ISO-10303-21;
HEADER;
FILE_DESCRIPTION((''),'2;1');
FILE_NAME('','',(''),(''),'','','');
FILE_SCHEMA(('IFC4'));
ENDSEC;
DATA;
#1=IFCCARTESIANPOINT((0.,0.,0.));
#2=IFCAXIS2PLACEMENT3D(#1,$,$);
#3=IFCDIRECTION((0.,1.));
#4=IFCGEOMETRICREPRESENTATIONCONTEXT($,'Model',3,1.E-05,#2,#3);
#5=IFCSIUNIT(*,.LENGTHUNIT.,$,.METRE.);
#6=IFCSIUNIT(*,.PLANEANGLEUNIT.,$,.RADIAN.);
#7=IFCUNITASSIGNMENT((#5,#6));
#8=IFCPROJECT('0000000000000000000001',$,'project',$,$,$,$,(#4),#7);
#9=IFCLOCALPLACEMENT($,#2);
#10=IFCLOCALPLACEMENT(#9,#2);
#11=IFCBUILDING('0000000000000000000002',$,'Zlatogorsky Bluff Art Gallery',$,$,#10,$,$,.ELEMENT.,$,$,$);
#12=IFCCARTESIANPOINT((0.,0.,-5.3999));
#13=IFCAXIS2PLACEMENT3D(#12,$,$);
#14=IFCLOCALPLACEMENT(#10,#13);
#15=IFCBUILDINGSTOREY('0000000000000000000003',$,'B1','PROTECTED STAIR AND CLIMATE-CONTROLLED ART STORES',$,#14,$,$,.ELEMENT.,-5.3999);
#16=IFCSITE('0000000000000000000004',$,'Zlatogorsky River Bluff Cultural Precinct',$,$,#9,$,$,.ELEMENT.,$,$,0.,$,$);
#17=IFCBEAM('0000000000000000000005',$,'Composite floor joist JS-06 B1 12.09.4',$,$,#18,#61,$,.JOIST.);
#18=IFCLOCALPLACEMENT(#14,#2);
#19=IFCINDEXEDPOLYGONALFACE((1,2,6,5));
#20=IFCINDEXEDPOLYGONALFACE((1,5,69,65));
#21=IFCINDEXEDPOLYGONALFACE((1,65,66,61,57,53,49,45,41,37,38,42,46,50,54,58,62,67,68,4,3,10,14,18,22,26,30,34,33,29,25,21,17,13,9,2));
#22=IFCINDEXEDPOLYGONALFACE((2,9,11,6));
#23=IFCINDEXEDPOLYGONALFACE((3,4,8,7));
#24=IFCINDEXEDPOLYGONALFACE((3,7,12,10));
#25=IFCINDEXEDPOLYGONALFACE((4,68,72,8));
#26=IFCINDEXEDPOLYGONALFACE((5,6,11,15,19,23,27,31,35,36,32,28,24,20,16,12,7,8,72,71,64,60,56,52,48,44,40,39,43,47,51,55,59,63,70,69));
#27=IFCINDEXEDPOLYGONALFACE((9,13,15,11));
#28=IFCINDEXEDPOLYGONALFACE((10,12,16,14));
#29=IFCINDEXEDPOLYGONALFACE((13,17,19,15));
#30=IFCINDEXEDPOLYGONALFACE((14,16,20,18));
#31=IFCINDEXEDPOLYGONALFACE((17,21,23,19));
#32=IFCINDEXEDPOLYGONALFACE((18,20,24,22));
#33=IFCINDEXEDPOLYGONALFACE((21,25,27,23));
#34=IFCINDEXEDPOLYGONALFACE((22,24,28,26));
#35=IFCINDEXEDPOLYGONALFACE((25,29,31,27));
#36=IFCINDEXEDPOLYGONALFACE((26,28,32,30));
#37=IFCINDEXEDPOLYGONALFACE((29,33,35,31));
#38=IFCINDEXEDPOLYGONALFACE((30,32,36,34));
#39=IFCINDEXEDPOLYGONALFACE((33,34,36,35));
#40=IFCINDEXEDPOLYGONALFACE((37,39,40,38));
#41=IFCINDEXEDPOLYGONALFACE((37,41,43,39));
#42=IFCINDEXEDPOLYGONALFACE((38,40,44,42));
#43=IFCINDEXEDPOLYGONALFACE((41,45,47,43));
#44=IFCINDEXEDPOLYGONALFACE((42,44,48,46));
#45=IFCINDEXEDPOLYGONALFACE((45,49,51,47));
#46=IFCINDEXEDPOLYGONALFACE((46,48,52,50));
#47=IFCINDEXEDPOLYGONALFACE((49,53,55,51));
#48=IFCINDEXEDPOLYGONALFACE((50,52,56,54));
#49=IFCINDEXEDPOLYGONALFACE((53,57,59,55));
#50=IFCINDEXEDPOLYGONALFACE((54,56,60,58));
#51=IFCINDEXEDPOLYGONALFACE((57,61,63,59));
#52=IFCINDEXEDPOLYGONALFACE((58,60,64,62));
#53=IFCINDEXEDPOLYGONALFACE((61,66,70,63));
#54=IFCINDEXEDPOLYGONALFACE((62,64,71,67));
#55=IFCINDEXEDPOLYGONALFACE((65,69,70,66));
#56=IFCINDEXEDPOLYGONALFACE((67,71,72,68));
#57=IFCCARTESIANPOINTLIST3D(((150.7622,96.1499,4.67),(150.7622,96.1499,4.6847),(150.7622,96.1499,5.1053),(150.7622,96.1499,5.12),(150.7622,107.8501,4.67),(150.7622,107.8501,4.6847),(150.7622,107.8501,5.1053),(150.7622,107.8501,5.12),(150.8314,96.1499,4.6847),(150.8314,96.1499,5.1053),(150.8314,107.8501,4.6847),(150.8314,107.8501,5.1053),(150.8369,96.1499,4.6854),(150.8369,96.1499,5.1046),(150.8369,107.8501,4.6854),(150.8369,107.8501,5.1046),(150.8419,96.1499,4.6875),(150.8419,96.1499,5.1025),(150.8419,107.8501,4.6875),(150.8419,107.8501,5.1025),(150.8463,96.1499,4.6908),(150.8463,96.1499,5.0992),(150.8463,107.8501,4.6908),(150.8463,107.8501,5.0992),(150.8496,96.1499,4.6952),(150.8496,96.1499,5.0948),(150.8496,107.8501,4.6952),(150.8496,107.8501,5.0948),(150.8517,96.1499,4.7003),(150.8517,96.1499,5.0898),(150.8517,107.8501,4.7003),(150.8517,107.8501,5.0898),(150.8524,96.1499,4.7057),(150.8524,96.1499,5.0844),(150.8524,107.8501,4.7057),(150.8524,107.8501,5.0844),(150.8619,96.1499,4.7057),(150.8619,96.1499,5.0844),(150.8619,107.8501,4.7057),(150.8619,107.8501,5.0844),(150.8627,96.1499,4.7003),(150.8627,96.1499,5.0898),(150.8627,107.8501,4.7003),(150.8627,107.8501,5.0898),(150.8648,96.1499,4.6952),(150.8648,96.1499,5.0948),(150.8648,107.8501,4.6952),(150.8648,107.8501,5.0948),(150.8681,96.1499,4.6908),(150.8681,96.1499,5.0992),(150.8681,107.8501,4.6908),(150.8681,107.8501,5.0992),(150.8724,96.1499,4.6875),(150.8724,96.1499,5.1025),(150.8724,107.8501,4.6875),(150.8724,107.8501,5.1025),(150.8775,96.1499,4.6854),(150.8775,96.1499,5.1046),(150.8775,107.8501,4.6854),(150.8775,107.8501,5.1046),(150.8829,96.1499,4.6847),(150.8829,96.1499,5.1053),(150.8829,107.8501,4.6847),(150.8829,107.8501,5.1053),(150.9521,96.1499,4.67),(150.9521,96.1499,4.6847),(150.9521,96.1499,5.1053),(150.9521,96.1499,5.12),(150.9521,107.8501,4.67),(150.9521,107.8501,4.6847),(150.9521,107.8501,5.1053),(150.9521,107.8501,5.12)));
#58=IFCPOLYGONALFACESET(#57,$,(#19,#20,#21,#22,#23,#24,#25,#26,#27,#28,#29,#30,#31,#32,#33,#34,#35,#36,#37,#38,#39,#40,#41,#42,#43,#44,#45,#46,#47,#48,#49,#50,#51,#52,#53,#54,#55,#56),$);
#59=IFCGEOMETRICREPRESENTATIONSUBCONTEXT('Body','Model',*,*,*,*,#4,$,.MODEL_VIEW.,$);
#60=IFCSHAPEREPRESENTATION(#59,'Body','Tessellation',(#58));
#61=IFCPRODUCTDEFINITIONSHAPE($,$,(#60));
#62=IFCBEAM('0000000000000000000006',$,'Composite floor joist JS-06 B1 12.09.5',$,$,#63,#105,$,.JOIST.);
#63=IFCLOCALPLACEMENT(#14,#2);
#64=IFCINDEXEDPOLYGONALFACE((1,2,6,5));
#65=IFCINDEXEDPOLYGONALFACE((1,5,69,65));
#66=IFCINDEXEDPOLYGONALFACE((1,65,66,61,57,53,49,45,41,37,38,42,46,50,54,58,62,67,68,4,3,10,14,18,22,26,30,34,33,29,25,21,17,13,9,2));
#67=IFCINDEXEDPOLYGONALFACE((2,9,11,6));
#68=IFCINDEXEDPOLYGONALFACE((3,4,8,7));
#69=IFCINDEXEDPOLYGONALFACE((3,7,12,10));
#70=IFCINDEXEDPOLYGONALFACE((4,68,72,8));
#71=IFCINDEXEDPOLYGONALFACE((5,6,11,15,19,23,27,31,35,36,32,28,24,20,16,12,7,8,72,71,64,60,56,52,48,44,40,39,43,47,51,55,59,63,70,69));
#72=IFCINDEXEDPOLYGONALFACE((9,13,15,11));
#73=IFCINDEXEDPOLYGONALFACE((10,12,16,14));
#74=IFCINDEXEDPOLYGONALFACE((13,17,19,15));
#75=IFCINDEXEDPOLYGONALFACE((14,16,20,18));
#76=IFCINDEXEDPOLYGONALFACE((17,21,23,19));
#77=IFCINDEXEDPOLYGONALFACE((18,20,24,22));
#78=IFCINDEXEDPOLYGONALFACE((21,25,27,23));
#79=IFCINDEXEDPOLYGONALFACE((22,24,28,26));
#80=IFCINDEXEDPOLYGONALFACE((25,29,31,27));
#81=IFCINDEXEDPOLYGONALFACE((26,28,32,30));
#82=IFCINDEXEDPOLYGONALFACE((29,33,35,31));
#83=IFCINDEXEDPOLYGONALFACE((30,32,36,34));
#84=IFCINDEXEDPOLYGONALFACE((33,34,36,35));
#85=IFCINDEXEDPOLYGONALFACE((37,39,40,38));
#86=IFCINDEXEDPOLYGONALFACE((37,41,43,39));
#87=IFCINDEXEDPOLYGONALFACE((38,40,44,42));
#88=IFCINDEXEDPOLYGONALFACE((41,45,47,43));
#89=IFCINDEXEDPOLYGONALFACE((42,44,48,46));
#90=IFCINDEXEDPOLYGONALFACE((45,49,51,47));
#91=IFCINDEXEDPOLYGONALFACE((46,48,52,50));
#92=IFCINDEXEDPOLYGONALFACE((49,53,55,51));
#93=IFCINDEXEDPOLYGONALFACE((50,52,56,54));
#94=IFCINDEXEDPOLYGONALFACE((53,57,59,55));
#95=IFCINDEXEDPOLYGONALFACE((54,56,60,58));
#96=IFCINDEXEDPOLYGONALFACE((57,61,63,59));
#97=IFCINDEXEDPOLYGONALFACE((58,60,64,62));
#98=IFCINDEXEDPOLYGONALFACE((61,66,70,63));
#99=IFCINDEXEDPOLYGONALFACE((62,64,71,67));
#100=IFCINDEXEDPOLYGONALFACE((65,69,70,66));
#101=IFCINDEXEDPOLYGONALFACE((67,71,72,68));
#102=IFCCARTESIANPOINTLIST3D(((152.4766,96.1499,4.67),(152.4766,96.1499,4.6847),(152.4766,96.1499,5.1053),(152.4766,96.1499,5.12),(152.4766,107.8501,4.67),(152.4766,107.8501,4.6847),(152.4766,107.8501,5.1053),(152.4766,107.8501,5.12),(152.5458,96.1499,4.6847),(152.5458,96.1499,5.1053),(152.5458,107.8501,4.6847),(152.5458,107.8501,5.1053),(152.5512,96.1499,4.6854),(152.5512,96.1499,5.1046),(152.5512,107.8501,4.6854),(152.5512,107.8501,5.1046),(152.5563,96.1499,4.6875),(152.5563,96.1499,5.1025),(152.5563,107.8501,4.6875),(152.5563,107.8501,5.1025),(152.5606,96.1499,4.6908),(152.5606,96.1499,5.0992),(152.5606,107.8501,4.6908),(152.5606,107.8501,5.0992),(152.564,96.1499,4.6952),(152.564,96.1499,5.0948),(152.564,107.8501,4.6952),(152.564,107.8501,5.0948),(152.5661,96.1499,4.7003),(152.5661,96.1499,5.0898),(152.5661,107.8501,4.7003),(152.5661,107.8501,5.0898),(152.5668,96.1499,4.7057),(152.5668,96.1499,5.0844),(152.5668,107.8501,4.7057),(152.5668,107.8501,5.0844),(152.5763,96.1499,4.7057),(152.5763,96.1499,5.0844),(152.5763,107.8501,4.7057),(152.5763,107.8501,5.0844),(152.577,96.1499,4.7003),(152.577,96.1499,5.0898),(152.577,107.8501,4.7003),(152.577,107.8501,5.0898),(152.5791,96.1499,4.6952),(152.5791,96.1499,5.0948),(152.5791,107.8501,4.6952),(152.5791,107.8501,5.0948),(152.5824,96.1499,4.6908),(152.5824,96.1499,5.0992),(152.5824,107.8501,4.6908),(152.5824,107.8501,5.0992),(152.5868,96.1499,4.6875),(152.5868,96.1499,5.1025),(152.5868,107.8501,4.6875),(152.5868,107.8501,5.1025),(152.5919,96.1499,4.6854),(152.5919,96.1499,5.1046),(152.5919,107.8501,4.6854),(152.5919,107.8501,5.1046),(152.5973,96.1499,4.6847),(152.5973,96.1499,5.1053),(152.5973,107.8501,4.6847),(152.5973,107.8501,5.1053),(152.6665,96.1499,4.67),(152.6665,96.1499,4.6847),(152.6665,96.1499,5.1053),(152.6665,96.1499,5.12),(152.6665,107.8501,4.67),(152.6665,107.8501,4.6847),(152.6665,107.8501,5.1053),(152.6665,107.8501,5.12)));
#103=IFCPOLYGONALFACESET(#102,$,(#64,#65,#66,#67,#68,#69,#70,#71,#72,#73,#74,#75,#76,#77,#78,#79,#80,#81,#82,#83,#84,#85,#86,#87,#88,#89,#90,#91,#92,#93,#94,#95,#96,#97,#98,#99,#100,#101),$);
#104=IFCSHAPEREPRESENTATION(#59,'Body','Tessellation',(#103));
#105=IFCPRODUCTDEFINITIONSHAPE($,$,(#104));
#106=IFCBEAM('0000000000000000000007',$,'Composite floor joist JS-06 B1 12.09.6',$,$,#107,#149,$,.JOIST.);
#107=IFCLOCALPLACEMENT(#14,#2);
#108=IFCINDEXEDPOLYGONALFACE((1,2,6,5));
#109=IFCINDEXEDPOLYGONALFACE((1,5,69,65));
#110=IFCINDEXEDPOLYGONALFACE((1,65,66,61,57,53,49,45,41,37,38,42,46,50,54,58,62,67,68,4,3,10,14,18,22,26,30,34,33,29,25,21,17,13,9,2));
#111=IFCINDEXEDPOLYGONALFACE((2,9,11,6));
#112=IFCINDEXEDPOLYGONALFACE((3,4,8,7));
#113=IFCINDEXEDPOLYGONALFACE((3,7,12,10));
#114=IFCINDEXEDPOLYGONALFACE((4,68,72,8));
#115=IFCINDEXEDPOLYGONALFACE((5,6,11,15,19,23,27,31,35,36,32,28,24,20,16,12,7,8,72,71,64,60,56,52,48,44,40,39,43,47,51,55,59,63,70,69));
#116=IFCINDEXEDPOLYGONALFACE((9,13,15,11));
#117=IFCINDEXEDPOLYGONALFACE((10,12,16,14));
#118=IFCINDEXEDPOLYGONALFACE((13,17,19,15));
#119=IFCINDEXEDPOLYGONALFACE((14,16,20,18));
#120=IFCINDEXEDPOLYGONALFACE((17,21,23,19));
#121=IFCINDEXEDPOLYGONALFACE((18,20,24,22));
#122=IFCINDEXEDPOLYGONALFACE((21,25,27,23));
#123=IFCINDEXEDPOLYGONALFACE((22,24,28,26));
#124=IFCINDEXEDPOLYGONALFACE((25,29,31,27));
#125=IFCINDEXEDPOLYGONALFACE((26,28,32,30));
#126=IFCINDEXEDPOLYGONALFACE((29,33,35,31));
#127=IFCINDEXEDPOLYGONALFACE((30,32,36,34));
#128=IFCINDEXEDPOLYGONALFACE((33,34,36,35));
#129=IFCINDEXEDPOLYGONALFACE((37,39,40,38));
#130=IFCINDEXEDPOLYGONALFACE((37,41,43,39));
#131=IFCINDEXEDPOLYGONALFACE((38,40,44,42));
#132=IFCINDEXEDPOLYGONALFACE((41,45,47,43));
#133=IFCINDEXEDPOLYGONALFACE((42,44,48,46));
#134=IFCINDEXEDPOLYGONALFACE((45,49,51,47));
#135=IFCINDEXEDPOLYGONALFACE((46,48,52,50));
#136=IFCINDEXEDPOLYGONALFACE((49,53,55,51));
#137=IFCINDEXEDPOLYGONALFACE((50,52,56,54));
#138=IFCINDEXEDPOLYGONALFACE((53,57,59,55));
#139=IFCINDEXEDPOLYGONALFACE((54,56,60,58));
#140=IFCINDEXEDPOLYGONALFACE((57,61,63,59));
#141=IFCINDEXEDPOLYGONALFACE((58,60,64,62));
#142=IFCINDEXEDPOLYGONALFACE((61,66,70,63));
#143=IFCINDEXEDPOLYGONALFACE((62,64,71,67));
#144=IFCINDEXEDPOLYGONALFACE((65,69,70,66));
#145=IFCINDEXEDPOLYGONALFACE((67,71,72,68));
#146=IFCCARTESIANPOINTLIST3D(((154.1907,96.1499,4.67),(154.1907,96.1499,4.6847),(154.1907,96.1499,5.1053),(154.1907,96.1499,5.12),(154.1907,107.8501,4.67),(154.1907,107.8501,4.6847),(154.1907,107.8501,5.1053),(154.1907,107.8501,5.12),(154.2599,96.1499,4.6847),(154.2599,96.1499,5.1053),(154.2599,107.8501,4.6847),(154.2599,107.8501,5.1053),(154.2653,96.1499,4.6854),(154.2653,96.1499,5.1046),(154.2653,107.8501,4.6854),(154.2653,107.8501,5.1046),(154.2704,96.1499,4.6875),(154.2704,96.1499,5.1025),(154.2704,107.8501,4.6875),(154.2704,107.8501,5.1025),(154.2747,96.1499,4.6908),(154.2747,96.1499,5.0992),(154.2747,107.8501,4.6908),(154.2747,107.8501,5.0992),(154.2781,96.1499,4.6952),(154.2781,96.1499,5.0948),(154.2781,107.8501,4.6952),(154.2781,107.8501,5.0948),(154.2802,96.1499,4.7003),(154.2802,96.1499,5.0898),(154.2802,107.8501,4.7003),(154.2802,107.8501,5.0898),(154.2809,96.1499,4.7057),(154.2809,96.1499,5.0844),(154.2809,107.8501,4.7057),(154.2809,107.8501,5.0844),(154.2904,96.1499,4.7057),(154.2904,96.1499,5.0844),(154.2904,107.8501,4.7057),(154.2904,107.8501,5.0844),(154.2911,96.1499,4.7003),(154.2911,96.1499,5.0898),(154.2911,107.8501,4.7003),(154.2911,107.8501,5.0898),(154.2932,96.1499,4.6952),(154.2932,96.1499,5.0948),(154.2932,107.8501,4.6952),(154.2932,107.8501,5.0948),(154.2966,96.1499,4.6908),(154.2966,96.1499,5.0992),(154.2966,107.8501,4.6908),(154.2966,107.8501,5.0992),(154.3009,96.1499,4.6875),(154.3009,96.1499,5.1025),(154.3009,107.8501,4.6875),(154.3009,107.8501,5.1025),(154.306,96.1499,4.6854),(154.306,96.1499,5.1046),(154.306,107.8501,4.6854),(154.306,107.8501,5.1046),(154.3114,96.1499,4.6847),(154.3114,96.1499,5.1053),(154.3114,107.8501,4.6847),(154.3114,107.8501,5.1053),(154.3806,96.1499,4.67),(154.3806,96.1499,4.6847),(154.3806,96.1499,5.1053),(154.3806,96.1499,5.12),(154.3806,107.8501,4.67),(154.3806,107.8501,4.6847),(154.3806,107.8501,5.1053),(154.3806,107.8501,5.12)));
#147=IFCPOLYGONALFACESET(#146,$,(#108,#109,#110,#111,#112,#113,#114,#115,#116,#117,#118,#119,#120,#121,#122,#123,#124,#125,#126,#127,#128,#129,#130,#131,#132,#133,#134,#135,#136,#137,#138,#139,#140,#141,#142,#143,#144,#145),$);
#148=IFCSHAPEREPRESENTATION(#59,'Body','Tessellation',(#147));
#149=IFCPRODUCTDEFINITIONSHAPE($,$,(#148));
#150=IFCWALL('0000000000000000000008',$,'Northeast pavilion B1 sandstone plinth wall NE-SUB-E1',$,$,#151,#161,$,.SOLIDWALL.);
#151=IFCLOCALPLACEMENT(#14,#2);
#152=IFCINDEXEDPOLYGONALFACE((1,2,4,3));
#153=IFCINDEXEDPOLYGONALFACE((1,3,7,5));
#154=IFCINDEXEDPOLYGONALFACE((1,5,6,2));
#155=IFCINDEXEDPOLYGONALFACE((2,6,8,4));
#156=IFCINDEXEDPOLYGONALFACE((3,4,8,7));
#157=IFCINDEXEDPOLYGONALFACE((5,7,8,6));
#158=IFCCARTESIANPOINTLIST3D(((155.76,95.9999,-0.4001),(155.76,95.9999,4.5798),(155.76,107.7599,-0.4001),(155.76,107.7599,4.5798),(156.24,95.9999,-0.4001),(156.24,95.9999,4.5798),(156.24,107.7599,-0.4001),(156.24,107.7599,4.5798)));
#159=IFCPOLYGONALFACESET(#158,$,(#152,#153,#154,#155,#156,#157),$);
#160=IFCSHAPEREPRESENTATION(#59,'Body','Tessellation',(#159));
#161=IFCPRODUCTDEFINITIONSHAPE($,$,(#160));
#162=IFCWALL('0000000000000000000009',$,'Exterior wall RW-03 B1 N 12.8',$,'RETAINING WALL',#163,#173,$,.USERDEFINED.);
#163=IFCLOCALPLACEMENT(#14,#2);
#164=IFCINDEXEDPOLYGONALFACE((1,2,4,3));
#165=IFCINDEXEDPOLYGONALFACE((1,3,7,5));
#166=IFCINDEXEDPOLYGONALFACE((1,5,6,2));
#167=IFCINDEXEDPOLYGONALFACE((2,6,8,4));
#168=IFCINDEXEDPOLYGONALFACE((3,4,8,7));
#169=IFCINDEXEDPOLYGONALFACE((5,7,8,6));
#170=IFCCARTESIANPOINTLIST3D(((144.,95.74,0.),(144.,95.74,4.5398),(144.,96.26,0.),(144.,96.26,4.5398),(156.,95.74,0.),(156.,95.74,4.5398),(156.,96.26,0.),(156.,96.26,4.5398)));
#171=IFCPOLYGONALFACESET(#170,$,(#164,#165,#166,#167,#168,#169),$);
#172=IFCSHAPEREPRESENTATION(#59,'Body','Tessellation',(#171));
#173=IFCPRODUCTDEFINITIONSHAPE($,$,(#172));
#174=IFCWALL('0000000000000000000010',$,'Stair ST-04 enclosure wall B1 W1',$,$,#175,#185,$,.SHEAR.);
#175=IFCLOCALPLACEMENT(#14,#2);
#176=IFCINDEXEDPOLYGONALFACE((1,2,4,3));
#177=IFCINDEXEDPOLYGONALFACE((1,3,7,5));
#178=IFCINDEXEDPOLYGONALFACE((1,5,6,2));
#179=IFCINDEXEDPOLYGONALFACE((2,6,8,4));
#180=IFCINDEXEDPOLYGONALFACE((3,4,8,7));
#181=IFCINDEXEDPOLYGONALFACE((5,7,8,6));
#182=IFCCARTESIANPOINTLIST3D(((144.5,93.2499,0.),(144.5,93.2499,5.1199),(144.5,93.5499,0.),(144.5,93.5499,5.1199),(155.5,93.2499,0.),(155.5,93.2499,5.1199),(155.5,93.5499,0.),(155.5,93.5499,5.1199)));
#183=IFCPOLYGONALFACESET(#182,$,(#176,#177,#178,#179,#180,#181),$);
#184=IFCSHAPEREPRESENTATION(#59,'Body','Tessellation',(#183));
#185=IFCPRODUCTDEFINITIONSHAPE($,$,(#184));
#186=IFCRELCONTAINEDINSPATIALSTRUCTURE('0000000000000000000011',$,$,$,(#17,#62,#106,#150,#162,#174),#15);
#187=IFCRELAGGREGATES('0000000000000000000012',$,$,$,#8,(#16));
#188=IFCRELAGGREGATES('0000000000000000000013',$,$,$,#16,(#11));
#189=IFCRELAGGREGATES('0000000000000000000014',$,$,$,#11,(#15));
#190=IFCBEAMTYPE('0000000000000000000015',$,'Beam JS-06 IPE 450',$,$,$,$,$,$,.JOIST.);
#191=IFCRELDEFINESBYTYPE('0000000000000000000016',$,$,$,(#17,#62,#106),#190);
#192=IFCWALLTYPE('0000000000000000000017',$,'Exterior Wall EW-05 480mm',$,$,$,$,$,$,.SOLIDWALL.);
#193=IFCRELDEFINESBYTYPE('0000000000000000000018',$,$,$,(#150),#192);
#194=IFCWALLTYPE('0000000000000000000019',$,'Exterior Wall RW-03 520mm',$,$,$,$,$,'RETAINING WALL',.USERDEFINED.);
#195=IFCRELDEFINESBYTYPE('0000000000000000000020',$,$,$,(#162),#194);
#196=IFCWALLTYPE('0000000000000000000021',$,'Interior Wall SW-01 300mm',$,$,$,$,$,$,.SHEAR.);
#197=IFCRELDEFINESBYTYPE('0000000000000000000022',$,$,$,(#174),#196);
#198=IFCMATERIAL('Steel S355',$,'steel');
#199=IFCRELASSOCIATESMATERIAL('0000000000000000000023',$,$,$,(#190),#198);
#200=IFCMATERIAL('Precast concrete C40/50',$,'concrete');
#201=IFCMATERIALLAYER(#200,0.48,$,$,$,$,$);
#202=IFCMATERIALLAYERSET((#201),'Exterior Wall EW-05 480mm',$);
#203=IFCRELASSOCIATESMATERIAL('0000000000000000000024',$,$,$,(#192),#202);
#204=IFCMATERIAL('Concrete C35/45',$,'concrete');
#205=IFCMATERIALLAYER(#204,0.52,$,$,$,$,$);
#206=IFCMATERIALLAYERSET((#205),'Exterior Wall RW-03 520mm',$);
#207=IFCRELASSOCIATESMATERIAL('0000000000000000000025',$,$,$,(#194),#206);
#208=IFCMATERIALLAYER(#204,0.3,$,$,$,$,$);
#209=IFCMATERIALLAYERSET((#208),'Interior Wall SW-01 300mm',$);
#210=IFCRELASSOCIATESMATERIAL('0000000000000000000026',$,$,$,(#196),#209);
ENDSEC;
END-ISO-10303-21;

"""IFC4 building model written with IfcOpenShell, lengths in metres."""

from ifc_helpers import new_model, si_unit, direction, frame, frame_2d, origin, origin_2d, place, context, subcontext, project, spatial, rectangle, i_section, extrude, material, layer, layer_set, material_profile, profile_set, type_object, element, save


model = new_model("IFC4")

# Units and contexts
model_context = context("Model", 3, precision=1e-05, world=origin(), true_north=direction((0.0, 1.0)))
body_context = subcontext(model_context, "Body", "Model", "MODEL_VIEW")
ifc_project = project(units=[si_unit("LENGTHUNIT", "METRE"), si_unit("PLANEANGLEUNIT", "RADIAN")], contexts=[model_context])

# Site, building, storey
site_placement = place(None, origin())
site = spatial("IfcSite", under=ifc_project, at=site_placement, Name="Zlatogorsky River Bluff Cultural Precinct", CompositionType="ELEMENT", RefElevation=0.0)
building_placement = place(site_placement, origin())
building = spatial("IfcBuilding", under=site, at=building_placement, Name="Zlatogorsky Bluff Art Gallery", CompositionType="ELEMENT")
storey_placement = place(building_placement, frame((0.0, 0.0, -5.3999)))
storey = spatial("IfcBuildingStorey", under=building, at=storey_placement, Name="B1", Description="PROTECTED STAIR AND CLIMATE-CONTROLLED ART STORES", CompositionType="ELEMENT", Elevation=-5.3999)

# Shared definitions
ifc_material_1 = material(Name="Concrete C35/45", Category="concrete")

# Shared definitions
ifc_material_2 = material(Name="Steel S355", Category="steel")

# Beams
ifc_material_profile_1 = material_profile(ifc_material_2, i_section(OverallWidth=0.1899, OverallDepth=0.45, WebThickness=0.0095, FlangeThickness=0.0146, FilletRadius=0.021, at=origin_2d()), Name="IPE 450")
ifc_profile_set_1 = profile_set([ifc_material_profile_1], Name="Steel S355")
beam_type_1 = type_object("IfcBeamType", Name="Beam JS-06 IPE 450", PredefinedType="JOIST", material=ifc_profile_set_1)
for number, where, z_axis, x_axis, name in (
    (1, (150.8572, 96.1499, 4.895), (0.0, 1.0, 0.0), (-1.0, 0.0, 0.0), "Composite floor joist JS-06 B1 12.09.4"),
    (2, (152.5715, 96.1499, 4.895), (0.0, 1.0, 0.0), (-1.0, 0.0, 0.0), "Composite floor joist JS-06 B1 12.09.5"),
    (3, (154.2856, 96.1499, 4.895), (0.0, 1.0, 0.0), (-1.0, 0.0, 0.0), "Composite floor joist JS-06 B1 12.09.6"),
):
    element("IfcBeam", number, at=place(storey_placement, frame(where, z_axis=z_axis, x_axis=x_axis)), inside=storey, type_object=beam_type_1, Name=name, PredefinedType="JOIST", context=body_context, shape_type="SweptSolid", body=[
        extrude(i_section(OverallWidth=0.1899, OverallDepth=0.45, WebThickness=0.0095, FlangeThickness=0.0146, FilletRadius=0.021, at=origin_2d()), origin(), (0.0, 0.0, 1.0), 11.7002),
    ])

# Walls
ifc_material_3 = material(Name="Precast concrete C40/50", Category="concrete")
ifc_layer_1 = layer(ifc_material_3, 0.48)
ifc_layer_set_1 = layer_set([ifc_layer_1], Name="Exterior Wall EW-05 480mm")
wall_type_1 = type_object("IfcWallType", Name="Exterior Wall EW-05 480mm", PredefinedType="SOLIDWALL", material=ifc_layer_set_1)
wall_1_placement = place(storey_placement, frame((156.0, 96.0, -0.4001), z_axis=(0.0, 0.0, 1.0), x_axis=(0.0, 1.0, 0.0)))
element("IfcWall", 4, at=wall_1_placement, inside=storey, type_object=wall_type_1, Name="Northeast pavilion B1 sandstone plinth wall NE-SUB-E1", PredefinedType="SOLIDWALL", context=body_context, shape_type="SweptSolid", body=[
    extrude(rectangle(XDim=11.76, YDim=0.48, at=frame_2d((5.8799, 0.0))), origin(), (0.0, 0.0, 1.0), 4.98),
])
ifc_layer_2 = layer(ifc_material_1, 0.52)
ifc_layer_set_2 = layer_set([ifc_layer_2], Name="Exterior Wall RW-03 520mm")
wall_type_2 = type_object("IfcWallType", Name="Exterior Wall RW-03 520mm", ElementType="RETAINING WALL", PredefinedType="USERDEFINED", material=ifc_layer_set_2)
wall_2_placement = place(storey_placement, frame((156.0, 96.0, 0.0), z_axis=(0.0, 0.0, 1.0), x_axis=(-1.0, 0.0, 0.0)))
element("IfcWall", 5, at=wall_2_placement, inside=storey, type_object=wall_type_2, Name="Exterior wall RW-03 B1 N 12.8", ObjectType="RETAINING WALL", PredefinedType="USERDEFINED", context=body_context, shape_type="SweptSolid", body=[
    extrude(rectangle(XDim=12.0, YDim=0.52, at=frame_2d((6.0, 0.0))), origin(), (0.0, 0.0, 1.0), 4.5398),
])

# Wall
ifc_layer_3 = layer(ifc_material_1, 0.3)
ifc_layer_set_3 = layer_set([ifc_layer_3], Name="Interior Wall SW-01 300mm")
wall_type_3 = type_object("IfcWallType", Name="Interior Wall SW-01 300mm", PredefinedType="SHEAR", material=ifc_layer_set_3)
wall_3_placement = place(storey_placement, frame((155.5, 93.3999, 0.0), z_axis=(0.0, 0.0, 1.0), x_axis=(-1.0, 0.0, 0.0)))
element("IfcWall", 6, at=wall_3_placement, inside=storey, type_object=wall_type_3, Name="Stair ST-04 enclosure wall B1 W1", PredefinedType="SHEAR", context=body_context, shape_type="SweptSolid", body=[
    extrude(rectangle(XDim=11.0, YDim=0.3, at=frame_2d((5.5, 0.0))), origin(), (0.0, 0.0, 1.0), 5.1199),
])

save(model, "model.ifc")
